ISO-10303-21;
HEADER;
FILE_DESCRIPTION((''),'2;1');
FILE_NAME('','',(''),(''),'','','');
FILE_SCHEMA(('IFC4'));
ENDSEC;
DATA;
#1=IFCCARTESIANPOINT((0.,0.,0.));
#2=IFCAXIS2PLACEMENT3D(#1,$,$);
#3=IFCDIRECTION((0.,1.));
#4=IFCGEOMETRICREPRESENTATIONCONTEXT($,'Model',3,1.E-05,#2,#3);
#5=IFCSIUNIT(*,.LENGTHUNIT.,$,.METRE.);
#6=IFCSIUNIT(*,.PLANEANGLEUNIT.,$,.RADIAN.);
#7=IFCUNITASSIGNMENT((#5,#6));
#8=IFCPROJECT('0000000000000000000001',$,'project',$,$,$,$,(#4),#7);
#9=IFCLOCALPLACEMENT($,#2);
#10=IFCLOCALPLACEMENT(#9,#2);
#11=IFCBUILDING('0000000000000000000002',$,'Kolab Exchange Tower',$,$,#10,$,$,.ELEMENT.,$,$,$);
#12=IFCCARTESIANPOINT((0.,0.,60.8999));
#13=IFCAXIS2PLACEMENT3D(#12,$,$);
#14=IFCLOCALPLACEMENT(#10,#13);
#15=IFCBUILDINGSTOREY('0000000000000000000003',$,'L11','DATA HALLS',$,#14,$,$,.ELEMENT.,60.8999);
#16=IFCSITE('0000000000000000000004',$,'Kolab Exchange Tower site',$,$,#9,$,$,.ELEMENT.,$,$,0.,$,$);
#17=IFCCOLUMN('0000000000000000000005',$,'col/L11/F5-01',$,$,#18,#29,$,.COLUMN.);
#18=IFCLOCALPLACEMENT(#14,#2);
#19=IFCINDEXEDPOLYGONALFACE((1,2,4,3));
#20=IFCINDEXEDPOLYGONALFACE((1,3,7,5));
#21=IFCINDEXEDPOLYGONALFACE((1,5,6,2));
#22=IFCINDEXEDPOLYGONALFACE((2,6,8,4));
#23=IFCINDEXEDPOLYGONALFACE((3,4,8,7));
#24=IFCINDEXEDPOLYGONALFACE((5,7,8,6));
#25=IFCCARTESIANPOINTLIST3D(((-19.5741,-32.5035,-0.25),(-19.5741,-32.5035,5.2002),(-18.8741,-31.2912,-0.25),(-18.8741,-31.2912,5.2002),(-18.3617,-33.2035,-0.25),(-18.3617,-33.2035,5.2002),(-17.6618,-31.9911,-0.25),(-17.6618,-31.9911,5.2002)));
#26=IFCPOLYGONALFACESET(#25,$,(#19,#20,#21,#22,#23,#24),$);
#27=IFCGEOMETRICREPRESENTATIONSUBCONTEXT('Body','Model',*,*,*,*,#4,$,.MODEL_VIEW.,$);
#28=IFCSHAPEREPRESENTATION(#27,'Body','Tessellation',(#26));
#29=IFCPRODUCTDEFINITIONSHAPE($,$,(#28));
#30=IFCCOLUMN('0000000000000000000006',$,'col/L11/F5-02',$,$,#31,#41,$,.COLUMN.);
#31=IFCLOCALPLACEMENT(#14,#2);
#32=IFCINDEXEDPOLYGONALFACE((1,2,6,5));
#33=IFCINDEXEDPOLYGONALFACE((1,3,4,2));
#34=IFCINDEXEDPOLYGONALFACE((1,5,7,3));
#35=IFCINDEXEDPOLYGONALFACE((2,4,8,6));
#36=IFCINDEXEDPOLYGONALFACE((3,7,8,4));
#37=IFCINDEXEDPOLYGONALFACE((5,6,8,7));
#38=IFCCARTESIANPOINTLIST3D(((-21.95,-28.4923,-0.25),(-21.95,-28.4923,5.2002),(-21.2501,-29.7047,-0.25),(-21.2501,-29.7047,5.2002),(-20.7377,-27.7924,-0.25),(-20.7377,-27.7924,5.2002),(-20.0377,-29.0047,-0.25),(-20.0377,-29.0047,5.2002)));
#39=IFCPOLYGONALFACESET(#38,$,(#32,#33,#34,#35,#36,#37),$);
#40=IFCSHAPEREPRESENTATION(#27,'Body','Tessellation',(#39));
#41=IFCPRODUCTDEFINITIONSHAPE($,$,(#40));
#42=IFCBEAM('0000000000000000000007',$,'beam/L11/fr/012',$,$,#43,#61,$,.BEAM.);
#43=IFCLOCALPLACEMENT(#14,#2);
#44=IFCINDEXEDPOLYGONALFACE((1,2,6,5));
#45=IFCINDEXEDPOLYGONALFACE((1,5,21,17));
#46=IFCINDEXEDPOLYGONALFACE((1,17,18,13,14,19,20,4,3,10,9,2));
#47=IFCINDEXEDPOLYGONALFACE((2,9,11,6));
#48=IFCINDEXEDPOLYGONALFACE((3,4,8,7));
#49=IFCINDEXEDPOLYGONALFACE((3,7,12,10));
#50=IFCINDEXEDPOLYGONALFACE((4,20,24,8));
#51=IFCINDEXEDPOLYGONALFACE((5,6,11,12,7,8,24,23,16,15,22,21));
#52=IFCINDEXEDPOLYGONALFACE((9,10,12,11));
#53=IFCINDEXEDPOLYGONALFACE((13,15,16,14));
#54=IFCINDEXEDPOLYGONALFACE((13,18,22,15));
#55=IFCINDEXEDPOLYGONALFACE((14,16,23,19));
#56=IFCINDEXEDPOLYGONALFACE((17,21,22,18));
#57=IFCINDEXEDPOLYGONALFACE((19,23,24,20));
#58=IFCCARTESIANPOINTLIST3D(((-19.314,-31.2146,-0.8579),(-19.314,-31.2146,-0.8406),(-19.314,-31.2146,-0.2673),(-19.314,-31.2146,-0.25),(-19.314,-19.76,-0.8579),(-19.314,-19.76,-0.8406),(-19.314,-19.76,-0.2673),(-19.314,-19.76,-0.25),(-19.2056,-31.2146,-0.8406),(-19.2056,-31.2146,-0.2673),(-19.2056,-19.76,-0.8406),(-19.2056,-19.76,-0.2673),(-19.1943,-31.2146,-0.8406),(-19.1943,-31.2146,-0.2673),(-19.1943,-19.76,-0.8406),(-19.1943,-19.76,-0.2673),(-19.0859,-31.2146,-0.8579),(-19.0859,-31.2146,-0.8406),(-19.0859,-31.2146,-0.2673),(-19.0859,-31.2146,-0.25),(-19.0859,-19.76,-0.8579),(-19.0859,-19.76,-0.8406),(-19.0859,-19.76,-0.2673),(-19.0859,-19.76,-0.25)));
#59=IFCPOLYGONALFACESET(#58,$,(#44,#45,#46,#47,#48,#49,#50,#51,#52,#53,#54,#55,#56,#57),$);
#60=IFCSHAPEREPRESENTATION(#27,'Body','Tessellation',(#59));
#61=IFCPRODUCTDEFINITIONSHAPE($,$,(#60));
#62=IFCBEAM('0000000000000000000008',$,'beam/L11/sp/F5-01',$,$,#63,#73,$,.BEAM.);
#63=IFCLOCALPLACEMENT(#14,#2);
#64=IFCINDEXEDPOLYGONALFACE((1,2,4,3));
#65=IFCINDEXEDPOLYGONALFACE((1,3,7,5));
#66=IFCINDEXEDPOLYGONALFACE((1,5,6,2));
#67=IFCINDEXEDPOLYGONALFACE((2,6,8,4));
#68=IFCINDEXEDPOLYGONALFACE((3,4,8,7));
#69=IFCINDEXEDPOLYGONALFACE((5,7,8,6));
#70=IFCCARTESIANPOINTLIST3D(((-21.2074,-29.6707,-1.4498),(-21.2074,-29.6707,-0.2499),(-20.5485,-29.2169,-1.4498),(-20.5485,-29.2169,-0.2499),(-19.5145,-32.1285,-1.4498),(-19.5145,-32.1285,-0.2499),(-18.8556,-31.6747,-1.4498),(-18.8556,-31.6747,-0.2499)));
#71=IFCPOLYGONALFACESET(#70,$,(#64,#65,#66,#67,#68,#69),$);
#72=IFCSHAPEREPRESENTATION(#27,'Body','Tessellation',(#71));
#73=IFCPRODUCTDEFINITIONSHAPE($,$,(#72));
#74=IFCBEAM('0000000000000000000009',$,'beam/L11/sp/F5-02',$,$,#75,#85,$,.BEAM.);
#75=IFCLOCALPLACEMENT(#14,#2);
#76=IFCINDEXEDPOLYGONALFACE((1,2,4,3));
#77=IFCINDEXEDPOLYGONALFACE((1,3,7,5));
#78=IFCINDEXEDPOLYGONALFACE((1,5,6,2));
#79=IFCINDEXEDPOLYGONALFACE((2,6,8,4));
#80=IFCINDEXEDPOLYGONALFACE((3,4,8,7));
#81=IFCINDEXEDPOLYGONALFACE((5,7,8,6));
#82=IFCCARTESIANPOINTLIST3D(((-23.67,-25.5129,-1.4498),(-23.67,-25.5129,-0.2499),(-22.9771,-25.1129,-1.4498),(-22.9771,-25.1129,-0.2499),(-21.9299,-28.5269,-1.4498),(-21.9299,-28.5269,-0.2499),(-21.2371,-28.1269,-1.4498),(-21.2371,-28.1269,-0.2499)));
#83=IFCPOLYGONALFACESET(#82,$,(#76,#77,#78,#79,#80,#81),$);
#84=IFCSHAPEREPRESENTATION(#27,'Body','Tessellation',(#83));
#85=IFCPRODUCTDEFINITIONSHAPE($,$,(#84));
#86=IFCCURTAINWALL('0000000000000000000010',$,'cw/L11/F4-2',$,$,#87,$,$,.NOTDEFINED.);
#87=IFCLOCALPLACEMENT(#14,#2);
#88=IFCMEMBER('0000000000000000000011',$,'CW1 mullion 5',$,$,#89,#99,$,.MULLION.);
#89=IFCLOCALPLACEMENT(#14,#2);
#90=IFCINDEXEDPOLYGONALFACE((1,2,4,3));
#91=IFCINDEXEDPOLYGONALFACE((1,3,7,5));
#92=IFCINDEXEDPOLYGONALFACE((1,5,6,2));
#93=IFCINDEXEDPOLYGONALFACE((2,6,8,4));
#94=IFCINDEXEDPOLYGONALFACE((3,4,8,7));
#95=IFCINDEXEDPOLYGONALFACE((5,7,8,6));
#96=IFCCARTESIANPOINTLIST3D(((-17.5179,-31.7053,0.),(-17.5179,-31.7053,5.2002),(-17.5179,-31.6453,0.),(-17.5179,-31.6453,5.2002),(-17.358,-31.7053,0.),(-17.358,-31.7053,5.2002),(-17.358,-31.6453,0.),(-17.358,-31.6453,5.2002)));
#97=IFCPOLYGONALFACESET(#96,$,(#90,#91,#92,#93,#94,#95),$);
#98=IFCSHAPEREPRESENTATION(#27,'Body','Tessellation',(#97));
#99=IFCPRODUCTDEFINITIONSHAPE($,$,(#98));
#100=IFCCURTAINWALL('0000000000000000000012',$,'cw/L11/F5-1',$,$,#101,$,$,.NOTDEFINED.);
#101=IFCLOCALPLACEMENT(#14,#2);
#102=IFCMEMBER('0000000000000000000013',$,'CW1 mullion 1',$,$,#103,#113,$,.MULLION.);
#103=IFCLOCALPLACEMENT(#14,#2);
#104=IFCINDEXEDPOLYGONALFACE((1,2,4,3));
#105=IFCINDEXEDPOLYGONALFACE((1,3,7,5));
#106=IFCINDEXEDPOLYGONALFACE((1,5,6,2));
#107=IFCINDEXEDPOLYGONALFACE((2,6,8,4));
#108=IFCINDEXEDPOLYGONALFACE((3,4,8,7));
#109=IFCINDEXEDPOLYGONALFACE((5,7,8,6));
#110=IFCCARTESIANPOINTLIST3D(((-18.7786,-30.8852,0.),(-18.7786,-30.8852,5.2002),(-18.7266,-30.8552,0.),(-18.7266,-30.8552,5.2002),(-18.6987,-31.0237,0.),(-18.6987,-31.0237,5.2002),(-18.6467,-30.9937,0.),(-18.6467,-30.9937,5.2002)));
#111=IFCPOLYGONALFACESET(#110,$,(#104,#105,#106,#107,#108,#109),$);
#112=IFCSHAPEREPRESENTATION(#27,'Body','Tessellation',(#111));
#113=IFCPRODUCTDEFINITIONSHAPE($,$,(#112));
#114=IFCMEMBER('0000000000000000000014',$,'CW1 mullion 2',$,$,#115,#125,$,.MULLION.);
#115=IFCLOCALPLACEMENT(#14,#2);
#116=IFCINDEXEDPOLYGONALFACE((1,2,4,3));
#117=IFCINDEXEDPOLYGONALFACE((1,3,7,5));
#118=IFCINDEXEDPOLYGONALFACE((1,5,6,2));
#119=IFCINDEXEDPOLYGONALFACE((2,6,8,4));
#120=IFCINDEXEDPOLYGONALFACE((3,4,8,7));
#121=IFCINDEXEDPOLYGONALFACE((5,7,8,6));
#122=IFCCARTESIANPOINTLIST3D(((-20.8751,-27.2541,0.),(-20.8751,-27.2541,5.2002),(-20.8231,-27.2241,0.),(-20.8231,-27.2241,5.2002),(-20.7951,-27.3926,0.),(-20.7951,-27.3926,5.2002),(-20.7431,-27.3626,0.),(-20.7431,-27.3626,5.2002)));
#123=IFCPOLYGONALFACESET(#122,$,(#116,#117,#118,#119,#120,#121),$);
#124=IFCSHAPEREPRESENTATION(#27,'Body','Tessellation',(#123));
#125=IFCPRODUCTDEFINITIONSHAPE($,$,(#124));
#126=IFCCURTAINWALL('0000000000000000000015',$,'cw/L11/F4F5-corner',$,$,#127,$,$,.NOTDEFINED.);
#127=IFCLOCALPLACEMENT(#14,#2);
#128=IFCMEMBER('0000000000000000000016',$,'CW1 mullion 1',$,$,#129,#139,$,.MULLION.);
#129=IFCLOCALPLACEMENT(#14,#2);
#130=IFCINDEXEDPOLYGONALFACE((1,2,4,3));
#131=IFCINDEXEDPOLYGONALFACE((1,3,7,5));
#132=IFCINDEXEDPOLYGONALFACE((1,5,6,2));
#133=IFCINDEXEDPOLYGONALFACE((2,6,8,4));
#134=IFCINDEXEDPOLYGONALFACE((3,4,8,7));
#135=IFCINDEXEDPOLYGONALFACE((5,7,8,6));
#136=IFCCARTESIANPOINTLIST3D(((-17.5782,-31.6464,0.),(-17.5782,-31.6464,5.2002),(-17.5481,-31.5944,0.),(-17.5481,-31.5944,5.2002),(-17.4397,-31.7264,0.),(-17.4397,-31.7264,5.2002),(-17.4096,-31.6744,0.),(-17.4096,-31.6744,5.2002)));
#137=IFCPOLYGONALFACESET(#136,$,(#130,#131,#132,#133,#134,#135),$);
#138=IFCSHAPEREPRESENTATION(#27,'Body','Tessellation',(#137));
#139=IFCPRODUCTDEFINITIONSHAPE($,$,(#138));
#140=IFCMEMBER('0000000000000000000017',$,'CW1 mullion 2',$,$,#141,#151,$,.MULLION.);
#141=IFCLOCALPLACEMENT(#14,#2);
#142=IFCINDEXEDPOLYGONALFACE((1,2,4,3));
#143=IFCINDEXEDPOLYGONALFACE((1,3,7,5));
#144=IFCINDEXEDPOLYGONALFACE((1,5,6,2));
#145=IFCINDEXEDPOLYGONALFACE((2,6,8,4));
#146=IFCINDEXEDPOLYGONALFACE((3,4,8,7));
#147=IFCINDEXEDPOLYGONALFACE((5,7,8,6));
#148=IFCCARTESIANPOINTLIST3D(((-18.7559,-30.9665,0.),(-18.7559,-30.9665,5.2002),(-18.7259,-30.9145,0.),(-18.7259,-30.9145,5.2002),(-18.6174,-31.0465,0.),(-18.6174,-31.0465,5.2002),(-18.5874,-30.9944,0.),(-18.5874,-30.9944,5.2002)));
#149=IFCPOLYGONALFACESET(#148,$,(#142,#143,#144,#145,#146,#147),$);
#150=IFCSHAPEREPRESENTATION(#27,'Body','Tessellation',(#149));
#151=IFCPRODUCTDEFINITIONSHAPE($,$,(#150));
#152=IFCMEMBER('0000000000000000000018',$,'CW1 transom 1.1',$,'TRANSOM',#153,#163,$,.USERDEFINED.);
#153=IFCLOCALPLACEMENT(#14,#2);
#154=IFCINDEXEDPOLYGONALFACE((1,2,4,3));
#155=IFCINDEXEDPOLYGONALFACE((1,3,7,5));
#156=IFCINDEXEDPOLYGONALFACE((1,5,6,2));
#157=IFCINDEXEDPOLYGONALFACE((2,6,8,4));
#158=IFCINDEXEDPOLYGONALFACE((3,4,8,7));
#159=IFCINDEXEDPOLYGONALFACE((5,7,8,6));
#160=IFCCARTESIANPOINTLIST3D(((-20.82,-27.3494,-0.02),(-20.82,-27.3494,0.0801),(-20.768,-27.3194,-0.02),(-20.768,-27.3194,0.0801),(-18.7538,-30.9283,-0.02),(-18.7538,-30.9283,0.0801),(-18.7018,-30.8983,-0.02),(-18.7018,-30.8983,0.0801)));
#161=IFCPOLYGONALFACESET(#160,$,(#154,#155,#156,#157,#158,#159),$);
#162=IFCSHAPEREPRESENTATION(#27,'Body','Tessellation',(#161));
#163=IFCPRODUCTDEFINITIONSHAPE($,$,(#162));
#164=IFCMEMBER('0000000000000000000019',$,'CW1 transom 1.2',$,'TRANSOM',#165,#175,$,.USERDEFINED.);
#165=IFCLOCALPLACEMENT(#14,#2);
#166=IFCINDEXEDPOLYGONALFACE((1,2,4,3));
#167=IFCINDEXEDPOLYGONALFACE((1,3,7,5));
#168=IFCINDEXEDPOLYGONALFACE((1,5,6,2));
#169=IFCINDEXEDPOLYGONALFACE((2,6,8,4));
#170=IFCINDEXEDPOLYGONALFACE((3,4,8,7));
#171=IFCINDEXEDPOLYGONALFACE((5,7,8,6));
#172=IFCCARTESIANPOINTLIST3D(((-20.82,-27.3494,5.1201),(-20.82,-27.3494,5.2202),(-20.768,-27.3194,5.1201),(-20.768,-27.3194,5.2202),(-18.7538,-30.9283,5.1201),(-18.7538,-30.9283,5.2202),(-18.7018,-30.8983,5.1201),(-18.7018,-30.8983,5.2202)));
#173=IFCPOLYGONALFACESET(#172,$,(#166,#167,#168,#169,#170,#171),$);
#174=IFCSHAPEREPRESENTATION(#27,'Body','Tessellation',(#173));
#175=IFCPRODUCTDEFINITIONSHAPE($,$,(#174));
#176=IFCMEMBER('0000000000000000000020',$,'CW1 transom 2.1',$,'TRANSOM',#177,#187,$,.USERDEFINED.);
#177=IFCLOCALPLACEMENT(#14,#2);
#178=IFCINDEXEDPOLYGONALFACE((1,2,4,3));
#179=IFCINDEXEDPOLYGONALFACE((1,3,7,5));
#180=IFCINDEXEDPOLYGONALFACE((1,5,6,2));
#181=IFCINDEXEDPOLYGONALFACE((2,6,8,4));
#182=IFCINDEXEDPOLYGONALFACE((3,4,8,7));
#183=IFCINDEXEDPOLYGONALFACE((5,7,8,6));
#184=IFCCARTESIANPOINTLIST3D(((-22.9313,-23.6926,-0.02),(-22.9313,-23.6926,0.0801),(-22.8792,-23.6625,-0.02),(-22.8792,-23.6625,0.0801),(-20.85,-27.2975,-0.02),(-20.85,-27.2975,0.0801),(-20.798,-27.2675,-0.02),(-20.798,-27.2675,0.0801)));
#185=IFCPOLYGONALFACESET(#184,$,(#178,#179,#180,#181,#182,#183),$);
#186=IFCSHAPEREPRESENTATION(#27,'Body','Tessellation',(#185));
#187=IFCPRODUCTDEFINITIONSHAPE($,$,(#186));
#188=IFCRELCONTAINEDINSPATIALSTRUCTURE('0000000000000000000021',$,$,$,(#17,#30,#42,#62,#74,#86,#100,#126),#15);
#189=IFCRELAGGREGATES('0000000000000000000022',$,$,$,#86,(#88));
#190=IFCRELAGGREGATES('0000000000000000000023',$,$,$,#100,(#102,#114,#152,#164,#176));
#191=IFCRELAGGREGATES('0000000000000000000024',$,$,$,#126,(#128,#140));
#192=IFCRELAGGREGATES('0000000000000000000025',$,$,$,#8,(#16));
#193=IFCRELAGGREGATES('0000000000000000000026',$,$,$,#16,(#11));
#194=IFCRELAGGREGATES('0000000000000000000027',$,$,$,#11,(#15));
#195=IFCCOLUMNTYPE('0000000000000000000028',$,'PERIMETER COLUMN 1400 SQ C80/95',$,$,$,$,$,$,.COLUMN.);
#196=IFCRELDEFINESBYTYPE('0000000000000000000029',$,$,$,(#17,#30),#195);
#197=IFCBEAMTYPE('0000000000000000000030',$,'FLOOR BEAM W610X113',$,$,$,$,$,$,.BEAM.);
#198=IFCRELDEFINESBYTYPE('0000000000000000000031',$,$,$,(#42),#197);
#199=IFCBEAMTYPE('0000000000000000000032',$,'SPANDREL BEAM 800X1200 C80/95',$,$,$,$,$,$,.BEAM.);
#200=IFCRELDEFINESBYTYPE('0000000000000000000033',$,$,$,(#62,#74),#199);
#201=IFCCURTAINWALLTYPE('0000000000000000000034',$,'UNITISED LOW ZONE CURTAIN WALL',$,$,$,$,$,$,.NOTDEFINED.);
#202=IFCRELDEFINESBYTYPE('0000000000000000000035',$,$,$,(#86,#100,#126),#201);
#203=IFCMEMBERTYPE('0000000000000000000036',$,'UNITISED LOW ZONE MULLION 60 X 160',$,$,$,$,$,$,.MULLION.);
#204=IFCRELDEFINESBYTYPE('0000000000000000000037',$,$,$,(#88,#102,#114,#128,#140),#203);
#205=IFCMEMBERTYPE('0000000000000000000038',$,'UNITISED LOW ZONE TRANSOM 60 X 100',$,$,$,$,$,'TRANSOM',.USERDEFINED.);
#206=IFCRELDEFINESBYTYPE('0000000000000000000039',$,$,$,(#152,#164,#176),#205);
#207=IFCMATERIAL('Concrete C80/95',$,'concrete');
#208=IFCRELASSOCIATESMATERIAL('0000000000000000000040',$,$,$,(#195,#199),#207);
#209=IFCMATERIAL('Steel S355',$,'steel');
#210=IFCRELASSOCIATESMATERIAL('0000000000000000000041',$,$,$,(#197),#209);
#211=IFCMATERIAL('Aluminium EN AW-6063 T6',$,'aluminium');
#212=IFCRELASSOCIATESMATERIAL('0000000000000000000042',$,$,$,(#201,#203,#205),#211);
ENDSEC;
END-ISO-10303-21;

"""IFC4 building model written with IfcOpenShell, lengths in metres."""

from ifc_helpers import new_model, si_unit, direction, frame, origin, origin_2d, place, context, subcontext, project, spatial, rectangle, i_section, extrude, material, material_profile, profile_set, type_object, element, aggregate, save


model = new_model("IFC4")

# Units and contexts
model_context = context("Model", 3, precision=1e-05, world=origin(), true_north=direction((0.0, 1.0)))
body_context = subcontext(model_context, "Body", "Model", "MODEL_VIEW")
ifc_project = project(units=[si_unit("LENGTHUNIT", "METRE"), si_unit("PLANEANGLEUNIT", "RADIAN")], contexts=[model_context])

# Site, building, storey
site_placement = place(None, origin())
site = spatial("IfcSite", under=ifc_project, at=site_placement, Name="Kolab Exchange Tower site", CompositionType="ELEMENT", RefElevation=0.0)
building_placement = place(site_placement, origin())
building = spatial("IfcBuilding", under=site, at=building_placement, Name="Kolab Exchange Tower", CompositionType="ELEMENT")
storey_placement = place(building_placement, frame((0.0, 0.0, 60.8999)))
storey = spatial("IfcBuildingStorey", under=building, at=storey_placement, Name="L11", Description="DATA HALLS", CompositionType="ELEMENT", Elevation=60.8999)

# Columns
ifc_material_1 = material(Name="Concrete C80/95", Category="concrete")
ifc_material_profile_1 = material_profile(ifc_material_1, rectangle(XDim=1.3999, YDim=1.3999, at=origin_2d()), Name="RC1400")
ifc_profile_set_1 = profile_set([ifc_material_profile_1], Name="Concrete C80/95")
column_type = type_object("IfcColumnType", Name="PERIMETER COLUMN 1400 SQ C80/95", PredefinedType="COLUMN", material=ifc_profile_set_1)
for number, where, z_axis, x_axis, name in (
    (1, (-18.6179, -32.2473, -0.25), (0.0, 0.0, 1.0), (0.5, 0.866025, 0.0), "col/L11/F5-01"),
    (2, (-20.9939, -28.7485, -0.25), (0.0, 0.0, 1.0), (0.866025, 0.5, 0.0), "col/L11/F5-02"),
):
    element("IfcColumn", number, at=place(storey_placement, frame(where, z_axis=z_axis, x_axis=x_axis)), inside=storey, type_object=column_type, Name=name, PredefinedType="COLUMN", context=body_context, shape_type="SweptSolid", body=[
        extrude(rectangle(XDim=1.3999, YDim=1.3999, at=origin_2d()), origin(), (0.0, 0.0, 1.0), 5.4502),
    ])

# Beams
ifc_material_2 = material(Name="Steel S355", Category="steel")
ifc_material_profile_2 = material_profile(ifc_material_2, i_section(OverallWidth=0.228, OverallDepth=0.6079, WebThickness=0.0112, FlangeThickness=0.0173, at=origin_2d()), Name="W610X113")
ifc_profile_set_2 = profile_set([ifc_material_profile_2], Name="Steel S355")
beam_type_1 = type_object("IfcBeamType", Name="FLOOR BEAM W610X113", PredefinedType="BEAM", material=ifc_profile_set_2)
beam_1_placement = place(storey_placement, frame((-19.2, -31.2146, -0.554), z_axis=(0.0, 1.0, 0.0), x_axis=(-1.0, 0.0, 0.0)))
element("IfcBeam", 3, at=beam_1_placement, inside=storey, type_object=beam_type_1, Name="beam/L11/fr/012", PredefinedType="BEAM", context=body_context, shape_type="SweptSolid", body=[
    extrude(i_section(OverallWidth=0.228, OverallDepth=0.6079, WebThickness=0.0112, FlangeThickness=0.0173, at=origin_2d()), origin(), (0.0, 0.0, 1.0), 11.4546),
])
ifc_material_profile_3 = material_profile(ifc_material_1, rectangle(XDim=0.8, YDim=1.2, at=origin_2d()), Name="RC800X1200")
ifc_profile_set_3 = profile_set([ifc_material_profile_3], Name="Concrete C80/95")
beam_type_2 = type_object("IfcBeamType", Name="SPANDREL BEAM 800X1200 C80/95", PredefinedType="BEAM", material=ifc_profile_set_3)
beam_2_placement = place(storey_placement, frame((-19.1851, -31.9016, -0.8499), z_axis=(-0.567247, 0.823548, 0.0), x_axis=(-0.823548, -0.567247, 0.0)))
element("IfcBeam", 4, at=beam_2_placement, inside=storey, type_object=beam_type_2, Name="beam/L11/sp/F5-01", PredefinedType="BEAM", context=body_context, shape_type="SweptSolid", body=[
    extrude(rectangle(XDim=0.8, YDim=1.2, at=origin_2d()), origin(), (0.0, 0.0, 1.0), 2.9844),
])
beam_3_placement = place(storey_placement, frame((-21.5835, -28.3269, -0.8499), z_axis=(-0.49998, 0.866037, 0.0), x_axis=(-0.866037, -0.49998, 0.0)))
element("IfcBeam", 5, at=beam_3_placement, inside=storey, type_object=beam_type_2, Name="beam/L11/sp/F5-02", PredefinedType="BEAM", context=body_context, shape_type="SweptSolid", body=[
    extrude(rectangle(XDim=0.8, YDim=1.2, at=origin_2d()), origin(), (0.0, 0.0, 1.0), 3.4802),
])

# Curtain wall, member
ifc_material_3 = material(Name="Aluminium EN AW-6063 T6", Category="aluminium")
curtain_wall_type = type_object("IfcCurtainWallType", Name="UNITISED LOW ZONE CURTAIN WALL", PredefinedType="NOTDEFINED", material=ifc_material_3)
curtain_wall_1_placement = place(storey_placement, origin())
curtain_wall_1 = element("IfcCurtainWall", 6, at=curtain_wall_1_placement, inside=storey, type_object=curtain_wall_type, Name="cw/L11/F4-2", PredefinedType="NOTDEFINED")
ifc_material_profile_4 = material_profile(ifc_material_3, rectangle(XDim=0.0601, YDim=0.1599, at=origin_2d()), Name="RECT 60X160")
ifc_profile_set_4 = profile_set([ifc_material_profile_4], Name="Aluminium EN AW-6063 T6")
member_type_1 = type_object("IfcMemberType", Name="UNITISED LOW ZONE MULLION 60 X 160", PredefinedType="MULLION", material=ifc_profile_set_4)
member_1_placement = place(storey_placement, frame((-17.438, -31.6753, 0.0), z_axis=(0.0, 0.0, 1.0), x_axis=(0.0, -1.0, 0.0)))
member_1 = element("IfcMember", 7, at=member_1_placement, type_object=member_type_1, Name="CW1 mullion 5", PredefinedType="MULLION", context=body_context, shape_type="SweptSolid", body=[
    extrude(rectangle(XDim=0.0601, YDim=0.1599, at=origin_2d()), origin(), (0.0, 0.0, 1.0), 5.2002),
])

# Curtain walls, members
curtain_wall_2_placement = place(storey_placement, origin())
curtain_wall_2 = element("IfcCurtainWall", 8, at=curtain_wall_2_placement, inside=storey, type_object=curtain_wall_type, Name="cw/L11/F5-1", PredefinedType="NOTDEFINED")
member_2_placement = place(storey_placement, frame((-18.7126, -30.9395, 0.0), z_axis=(0.0, 0.0, 1.0), x_axis=(-0.866025, -0.5, 0.0)))
member_2 = element("IfcMember", 9, at=member_2_placement, type_object=member_type_1, Name="CW1 mullion 1", PredefinedType="MULLION", context=body_context, shape_type="SweptSolid", body=[
    extrude(rectangle(XDim=0.0601, YDim=0.1599, at=origin_2d()), origin(), (0.0, 0.0, 1.0), 5.2002),
])
member_3_placement = place(storey_placement, frame((-20.8091, -27.3083, 0.0), z_axis=(0.0, 0.0, 1.0), x_axis=(-0.866025, -0.5, 0.0)))
member_3 = element("IfcMember", 10, at=member_3_placement, type_object=member_type_1, Name="CW1 mullion 2", PredefinedType="MULLION", context=body_context, shape_type="SweptSolid", body=[
    extrude(rectangle(XDim=0.0601, YDim=0.1599, at=origin_2d()), origin(), (0.0, 0.0, 1.0), 5.2002),
])
curtain_wall_3_placement = place(storey_placement, origin())
curtain_wall_3 = element("IfcCurtainWall", 11, at=curtain_wall_3_placement, inside=storey, type_object=curtain_wall_type, Name="cw/L11/F4F5-corner", PredefinedType="NOTDEFINED")
member_4_placement = place(storey_placement, frame((-17.4939, -31.6604, 0.0), z_axis=(0.0, 0.0, 1.0), x_axis=(-0.5, -0.866025, 0.0)))
member_4 = element("IfcMember", 12, at=member_4_placement, type_object=member_type_1, Name="CW1 mullion 1", PredefinedType="MULLION", context=body_context, shape_type="SweptSolid", body=[
    extrude(rectangle(XDim=0.0601, YDim=0.1599, at=origin_2d()), origin(), (0.0, 0.0, 1.0), 5.2002),
])
member_5_placement = place(storey_placement, frame((-18.6716, -30.9805, 0.0), z_axis=(0.0, 0.0, 1.0), x_axis=(-0.5, -0.866025, 0.0)))
member_5 = element("IfcMember", 13, at=member_5_placement, type_object=member_type_1, Name="CW1 mullion 2", PredefinedType="MULLION", context=body_context, shape_type="SweptSolid", body=[
    extrude(rectangle(XDim=0.0601, YDim=0.1599, at=origin_2d()), origin(), (0.0, 0.0, 1.0), 5.2002),
])

# Members
ifc_material_profile_5 = material_profile(ifc_material_3, rectangle(XDim=0.0601, YDim=0.1001, at=origin_2d()), Name="RECT 60X100")
ifc_profile_set_5 = profile_set([ifc_material_profile_5], Name="Aluminium EN AW-6063 T6")
member_type_2 = type_object("IfcMemberType", Name="UNITISED LOW ZONE TRANSOM 60 X 100", ElementType="TRANSOM", PredefinedType="USERDEFINED", material=ifc_profile_set_5)
member_6_placement = place(storey_placement, frame((-18.7278, -30.9133, 0.03), z_axis=(-0.499983, 0.866035, 0.0), x_axis=(-0.866035, -0.499983, 0.0)))
member_6 = element("IfcMember", 14, at=member_6_placement, type_object=member_type_2, Name="CW1 transom 1.1", ObjectType="TRANSOM", PredefinedType="USERDEFINED", context=body_context, shape_type="SweptSolid", body=[
    extrude(rectangle(XDim=0.0601, YDim=0.1001, at=origin_2d()), origin(), (0.0, 0.0, 1.0), 4.1326),
])
member_7_placement = place(storey_placement, frame((-18.7278, -30.9133, 5.1702), z_axis=(-0.499983, 0.866035, 0.0), x_axis=(-0.866035, -0.499983, 0.0)))
member_7 = element("IfcMember", 15, at=member_7_placement, type_object=member_type_2, Name="CW1 transom 1.2", ObjectType="TRANSOM", PredefinedType="USERDEFINED", context=body_context, shape_type="SweptSolid", body=[
    extrude(rectangle(XDim=0.0601, YDim=0.1001, at=origin_2d()), origin(), (0.0, 0.0, 1.0), 4.1326),
])
member_8_placement = place(storey_placement, frame((-20.824, -27.2825, 0.03), z_axis=(-0.499993, 0.866029, 0.0), x_axis=(-0.866029, -0.499993, 0.0)))
member_8 = element("IfcMember", 16, at=member_8_placement, type_object=member_type_2, Name="CW1 transom 2.1", ObjectType="TRANSOM", PredefinedType="USERDEFINED", context=body_context, shape_type="SweptSolid", body=[
    extrude(rectangle(XDim=0.0601, YDim=0.1001, at=origin_2d()), origin(), (0.0, 0.0, 1.0), 4.1626),
])

aggregate(curtain_wall_1, [member_1])
aggregate(curtain_wall_2, [member_2, member_3, member_6, member_7, member_8])
aggregate(curtain_wall_3, [member_4, member_5])

save(model, "model.ifc")
